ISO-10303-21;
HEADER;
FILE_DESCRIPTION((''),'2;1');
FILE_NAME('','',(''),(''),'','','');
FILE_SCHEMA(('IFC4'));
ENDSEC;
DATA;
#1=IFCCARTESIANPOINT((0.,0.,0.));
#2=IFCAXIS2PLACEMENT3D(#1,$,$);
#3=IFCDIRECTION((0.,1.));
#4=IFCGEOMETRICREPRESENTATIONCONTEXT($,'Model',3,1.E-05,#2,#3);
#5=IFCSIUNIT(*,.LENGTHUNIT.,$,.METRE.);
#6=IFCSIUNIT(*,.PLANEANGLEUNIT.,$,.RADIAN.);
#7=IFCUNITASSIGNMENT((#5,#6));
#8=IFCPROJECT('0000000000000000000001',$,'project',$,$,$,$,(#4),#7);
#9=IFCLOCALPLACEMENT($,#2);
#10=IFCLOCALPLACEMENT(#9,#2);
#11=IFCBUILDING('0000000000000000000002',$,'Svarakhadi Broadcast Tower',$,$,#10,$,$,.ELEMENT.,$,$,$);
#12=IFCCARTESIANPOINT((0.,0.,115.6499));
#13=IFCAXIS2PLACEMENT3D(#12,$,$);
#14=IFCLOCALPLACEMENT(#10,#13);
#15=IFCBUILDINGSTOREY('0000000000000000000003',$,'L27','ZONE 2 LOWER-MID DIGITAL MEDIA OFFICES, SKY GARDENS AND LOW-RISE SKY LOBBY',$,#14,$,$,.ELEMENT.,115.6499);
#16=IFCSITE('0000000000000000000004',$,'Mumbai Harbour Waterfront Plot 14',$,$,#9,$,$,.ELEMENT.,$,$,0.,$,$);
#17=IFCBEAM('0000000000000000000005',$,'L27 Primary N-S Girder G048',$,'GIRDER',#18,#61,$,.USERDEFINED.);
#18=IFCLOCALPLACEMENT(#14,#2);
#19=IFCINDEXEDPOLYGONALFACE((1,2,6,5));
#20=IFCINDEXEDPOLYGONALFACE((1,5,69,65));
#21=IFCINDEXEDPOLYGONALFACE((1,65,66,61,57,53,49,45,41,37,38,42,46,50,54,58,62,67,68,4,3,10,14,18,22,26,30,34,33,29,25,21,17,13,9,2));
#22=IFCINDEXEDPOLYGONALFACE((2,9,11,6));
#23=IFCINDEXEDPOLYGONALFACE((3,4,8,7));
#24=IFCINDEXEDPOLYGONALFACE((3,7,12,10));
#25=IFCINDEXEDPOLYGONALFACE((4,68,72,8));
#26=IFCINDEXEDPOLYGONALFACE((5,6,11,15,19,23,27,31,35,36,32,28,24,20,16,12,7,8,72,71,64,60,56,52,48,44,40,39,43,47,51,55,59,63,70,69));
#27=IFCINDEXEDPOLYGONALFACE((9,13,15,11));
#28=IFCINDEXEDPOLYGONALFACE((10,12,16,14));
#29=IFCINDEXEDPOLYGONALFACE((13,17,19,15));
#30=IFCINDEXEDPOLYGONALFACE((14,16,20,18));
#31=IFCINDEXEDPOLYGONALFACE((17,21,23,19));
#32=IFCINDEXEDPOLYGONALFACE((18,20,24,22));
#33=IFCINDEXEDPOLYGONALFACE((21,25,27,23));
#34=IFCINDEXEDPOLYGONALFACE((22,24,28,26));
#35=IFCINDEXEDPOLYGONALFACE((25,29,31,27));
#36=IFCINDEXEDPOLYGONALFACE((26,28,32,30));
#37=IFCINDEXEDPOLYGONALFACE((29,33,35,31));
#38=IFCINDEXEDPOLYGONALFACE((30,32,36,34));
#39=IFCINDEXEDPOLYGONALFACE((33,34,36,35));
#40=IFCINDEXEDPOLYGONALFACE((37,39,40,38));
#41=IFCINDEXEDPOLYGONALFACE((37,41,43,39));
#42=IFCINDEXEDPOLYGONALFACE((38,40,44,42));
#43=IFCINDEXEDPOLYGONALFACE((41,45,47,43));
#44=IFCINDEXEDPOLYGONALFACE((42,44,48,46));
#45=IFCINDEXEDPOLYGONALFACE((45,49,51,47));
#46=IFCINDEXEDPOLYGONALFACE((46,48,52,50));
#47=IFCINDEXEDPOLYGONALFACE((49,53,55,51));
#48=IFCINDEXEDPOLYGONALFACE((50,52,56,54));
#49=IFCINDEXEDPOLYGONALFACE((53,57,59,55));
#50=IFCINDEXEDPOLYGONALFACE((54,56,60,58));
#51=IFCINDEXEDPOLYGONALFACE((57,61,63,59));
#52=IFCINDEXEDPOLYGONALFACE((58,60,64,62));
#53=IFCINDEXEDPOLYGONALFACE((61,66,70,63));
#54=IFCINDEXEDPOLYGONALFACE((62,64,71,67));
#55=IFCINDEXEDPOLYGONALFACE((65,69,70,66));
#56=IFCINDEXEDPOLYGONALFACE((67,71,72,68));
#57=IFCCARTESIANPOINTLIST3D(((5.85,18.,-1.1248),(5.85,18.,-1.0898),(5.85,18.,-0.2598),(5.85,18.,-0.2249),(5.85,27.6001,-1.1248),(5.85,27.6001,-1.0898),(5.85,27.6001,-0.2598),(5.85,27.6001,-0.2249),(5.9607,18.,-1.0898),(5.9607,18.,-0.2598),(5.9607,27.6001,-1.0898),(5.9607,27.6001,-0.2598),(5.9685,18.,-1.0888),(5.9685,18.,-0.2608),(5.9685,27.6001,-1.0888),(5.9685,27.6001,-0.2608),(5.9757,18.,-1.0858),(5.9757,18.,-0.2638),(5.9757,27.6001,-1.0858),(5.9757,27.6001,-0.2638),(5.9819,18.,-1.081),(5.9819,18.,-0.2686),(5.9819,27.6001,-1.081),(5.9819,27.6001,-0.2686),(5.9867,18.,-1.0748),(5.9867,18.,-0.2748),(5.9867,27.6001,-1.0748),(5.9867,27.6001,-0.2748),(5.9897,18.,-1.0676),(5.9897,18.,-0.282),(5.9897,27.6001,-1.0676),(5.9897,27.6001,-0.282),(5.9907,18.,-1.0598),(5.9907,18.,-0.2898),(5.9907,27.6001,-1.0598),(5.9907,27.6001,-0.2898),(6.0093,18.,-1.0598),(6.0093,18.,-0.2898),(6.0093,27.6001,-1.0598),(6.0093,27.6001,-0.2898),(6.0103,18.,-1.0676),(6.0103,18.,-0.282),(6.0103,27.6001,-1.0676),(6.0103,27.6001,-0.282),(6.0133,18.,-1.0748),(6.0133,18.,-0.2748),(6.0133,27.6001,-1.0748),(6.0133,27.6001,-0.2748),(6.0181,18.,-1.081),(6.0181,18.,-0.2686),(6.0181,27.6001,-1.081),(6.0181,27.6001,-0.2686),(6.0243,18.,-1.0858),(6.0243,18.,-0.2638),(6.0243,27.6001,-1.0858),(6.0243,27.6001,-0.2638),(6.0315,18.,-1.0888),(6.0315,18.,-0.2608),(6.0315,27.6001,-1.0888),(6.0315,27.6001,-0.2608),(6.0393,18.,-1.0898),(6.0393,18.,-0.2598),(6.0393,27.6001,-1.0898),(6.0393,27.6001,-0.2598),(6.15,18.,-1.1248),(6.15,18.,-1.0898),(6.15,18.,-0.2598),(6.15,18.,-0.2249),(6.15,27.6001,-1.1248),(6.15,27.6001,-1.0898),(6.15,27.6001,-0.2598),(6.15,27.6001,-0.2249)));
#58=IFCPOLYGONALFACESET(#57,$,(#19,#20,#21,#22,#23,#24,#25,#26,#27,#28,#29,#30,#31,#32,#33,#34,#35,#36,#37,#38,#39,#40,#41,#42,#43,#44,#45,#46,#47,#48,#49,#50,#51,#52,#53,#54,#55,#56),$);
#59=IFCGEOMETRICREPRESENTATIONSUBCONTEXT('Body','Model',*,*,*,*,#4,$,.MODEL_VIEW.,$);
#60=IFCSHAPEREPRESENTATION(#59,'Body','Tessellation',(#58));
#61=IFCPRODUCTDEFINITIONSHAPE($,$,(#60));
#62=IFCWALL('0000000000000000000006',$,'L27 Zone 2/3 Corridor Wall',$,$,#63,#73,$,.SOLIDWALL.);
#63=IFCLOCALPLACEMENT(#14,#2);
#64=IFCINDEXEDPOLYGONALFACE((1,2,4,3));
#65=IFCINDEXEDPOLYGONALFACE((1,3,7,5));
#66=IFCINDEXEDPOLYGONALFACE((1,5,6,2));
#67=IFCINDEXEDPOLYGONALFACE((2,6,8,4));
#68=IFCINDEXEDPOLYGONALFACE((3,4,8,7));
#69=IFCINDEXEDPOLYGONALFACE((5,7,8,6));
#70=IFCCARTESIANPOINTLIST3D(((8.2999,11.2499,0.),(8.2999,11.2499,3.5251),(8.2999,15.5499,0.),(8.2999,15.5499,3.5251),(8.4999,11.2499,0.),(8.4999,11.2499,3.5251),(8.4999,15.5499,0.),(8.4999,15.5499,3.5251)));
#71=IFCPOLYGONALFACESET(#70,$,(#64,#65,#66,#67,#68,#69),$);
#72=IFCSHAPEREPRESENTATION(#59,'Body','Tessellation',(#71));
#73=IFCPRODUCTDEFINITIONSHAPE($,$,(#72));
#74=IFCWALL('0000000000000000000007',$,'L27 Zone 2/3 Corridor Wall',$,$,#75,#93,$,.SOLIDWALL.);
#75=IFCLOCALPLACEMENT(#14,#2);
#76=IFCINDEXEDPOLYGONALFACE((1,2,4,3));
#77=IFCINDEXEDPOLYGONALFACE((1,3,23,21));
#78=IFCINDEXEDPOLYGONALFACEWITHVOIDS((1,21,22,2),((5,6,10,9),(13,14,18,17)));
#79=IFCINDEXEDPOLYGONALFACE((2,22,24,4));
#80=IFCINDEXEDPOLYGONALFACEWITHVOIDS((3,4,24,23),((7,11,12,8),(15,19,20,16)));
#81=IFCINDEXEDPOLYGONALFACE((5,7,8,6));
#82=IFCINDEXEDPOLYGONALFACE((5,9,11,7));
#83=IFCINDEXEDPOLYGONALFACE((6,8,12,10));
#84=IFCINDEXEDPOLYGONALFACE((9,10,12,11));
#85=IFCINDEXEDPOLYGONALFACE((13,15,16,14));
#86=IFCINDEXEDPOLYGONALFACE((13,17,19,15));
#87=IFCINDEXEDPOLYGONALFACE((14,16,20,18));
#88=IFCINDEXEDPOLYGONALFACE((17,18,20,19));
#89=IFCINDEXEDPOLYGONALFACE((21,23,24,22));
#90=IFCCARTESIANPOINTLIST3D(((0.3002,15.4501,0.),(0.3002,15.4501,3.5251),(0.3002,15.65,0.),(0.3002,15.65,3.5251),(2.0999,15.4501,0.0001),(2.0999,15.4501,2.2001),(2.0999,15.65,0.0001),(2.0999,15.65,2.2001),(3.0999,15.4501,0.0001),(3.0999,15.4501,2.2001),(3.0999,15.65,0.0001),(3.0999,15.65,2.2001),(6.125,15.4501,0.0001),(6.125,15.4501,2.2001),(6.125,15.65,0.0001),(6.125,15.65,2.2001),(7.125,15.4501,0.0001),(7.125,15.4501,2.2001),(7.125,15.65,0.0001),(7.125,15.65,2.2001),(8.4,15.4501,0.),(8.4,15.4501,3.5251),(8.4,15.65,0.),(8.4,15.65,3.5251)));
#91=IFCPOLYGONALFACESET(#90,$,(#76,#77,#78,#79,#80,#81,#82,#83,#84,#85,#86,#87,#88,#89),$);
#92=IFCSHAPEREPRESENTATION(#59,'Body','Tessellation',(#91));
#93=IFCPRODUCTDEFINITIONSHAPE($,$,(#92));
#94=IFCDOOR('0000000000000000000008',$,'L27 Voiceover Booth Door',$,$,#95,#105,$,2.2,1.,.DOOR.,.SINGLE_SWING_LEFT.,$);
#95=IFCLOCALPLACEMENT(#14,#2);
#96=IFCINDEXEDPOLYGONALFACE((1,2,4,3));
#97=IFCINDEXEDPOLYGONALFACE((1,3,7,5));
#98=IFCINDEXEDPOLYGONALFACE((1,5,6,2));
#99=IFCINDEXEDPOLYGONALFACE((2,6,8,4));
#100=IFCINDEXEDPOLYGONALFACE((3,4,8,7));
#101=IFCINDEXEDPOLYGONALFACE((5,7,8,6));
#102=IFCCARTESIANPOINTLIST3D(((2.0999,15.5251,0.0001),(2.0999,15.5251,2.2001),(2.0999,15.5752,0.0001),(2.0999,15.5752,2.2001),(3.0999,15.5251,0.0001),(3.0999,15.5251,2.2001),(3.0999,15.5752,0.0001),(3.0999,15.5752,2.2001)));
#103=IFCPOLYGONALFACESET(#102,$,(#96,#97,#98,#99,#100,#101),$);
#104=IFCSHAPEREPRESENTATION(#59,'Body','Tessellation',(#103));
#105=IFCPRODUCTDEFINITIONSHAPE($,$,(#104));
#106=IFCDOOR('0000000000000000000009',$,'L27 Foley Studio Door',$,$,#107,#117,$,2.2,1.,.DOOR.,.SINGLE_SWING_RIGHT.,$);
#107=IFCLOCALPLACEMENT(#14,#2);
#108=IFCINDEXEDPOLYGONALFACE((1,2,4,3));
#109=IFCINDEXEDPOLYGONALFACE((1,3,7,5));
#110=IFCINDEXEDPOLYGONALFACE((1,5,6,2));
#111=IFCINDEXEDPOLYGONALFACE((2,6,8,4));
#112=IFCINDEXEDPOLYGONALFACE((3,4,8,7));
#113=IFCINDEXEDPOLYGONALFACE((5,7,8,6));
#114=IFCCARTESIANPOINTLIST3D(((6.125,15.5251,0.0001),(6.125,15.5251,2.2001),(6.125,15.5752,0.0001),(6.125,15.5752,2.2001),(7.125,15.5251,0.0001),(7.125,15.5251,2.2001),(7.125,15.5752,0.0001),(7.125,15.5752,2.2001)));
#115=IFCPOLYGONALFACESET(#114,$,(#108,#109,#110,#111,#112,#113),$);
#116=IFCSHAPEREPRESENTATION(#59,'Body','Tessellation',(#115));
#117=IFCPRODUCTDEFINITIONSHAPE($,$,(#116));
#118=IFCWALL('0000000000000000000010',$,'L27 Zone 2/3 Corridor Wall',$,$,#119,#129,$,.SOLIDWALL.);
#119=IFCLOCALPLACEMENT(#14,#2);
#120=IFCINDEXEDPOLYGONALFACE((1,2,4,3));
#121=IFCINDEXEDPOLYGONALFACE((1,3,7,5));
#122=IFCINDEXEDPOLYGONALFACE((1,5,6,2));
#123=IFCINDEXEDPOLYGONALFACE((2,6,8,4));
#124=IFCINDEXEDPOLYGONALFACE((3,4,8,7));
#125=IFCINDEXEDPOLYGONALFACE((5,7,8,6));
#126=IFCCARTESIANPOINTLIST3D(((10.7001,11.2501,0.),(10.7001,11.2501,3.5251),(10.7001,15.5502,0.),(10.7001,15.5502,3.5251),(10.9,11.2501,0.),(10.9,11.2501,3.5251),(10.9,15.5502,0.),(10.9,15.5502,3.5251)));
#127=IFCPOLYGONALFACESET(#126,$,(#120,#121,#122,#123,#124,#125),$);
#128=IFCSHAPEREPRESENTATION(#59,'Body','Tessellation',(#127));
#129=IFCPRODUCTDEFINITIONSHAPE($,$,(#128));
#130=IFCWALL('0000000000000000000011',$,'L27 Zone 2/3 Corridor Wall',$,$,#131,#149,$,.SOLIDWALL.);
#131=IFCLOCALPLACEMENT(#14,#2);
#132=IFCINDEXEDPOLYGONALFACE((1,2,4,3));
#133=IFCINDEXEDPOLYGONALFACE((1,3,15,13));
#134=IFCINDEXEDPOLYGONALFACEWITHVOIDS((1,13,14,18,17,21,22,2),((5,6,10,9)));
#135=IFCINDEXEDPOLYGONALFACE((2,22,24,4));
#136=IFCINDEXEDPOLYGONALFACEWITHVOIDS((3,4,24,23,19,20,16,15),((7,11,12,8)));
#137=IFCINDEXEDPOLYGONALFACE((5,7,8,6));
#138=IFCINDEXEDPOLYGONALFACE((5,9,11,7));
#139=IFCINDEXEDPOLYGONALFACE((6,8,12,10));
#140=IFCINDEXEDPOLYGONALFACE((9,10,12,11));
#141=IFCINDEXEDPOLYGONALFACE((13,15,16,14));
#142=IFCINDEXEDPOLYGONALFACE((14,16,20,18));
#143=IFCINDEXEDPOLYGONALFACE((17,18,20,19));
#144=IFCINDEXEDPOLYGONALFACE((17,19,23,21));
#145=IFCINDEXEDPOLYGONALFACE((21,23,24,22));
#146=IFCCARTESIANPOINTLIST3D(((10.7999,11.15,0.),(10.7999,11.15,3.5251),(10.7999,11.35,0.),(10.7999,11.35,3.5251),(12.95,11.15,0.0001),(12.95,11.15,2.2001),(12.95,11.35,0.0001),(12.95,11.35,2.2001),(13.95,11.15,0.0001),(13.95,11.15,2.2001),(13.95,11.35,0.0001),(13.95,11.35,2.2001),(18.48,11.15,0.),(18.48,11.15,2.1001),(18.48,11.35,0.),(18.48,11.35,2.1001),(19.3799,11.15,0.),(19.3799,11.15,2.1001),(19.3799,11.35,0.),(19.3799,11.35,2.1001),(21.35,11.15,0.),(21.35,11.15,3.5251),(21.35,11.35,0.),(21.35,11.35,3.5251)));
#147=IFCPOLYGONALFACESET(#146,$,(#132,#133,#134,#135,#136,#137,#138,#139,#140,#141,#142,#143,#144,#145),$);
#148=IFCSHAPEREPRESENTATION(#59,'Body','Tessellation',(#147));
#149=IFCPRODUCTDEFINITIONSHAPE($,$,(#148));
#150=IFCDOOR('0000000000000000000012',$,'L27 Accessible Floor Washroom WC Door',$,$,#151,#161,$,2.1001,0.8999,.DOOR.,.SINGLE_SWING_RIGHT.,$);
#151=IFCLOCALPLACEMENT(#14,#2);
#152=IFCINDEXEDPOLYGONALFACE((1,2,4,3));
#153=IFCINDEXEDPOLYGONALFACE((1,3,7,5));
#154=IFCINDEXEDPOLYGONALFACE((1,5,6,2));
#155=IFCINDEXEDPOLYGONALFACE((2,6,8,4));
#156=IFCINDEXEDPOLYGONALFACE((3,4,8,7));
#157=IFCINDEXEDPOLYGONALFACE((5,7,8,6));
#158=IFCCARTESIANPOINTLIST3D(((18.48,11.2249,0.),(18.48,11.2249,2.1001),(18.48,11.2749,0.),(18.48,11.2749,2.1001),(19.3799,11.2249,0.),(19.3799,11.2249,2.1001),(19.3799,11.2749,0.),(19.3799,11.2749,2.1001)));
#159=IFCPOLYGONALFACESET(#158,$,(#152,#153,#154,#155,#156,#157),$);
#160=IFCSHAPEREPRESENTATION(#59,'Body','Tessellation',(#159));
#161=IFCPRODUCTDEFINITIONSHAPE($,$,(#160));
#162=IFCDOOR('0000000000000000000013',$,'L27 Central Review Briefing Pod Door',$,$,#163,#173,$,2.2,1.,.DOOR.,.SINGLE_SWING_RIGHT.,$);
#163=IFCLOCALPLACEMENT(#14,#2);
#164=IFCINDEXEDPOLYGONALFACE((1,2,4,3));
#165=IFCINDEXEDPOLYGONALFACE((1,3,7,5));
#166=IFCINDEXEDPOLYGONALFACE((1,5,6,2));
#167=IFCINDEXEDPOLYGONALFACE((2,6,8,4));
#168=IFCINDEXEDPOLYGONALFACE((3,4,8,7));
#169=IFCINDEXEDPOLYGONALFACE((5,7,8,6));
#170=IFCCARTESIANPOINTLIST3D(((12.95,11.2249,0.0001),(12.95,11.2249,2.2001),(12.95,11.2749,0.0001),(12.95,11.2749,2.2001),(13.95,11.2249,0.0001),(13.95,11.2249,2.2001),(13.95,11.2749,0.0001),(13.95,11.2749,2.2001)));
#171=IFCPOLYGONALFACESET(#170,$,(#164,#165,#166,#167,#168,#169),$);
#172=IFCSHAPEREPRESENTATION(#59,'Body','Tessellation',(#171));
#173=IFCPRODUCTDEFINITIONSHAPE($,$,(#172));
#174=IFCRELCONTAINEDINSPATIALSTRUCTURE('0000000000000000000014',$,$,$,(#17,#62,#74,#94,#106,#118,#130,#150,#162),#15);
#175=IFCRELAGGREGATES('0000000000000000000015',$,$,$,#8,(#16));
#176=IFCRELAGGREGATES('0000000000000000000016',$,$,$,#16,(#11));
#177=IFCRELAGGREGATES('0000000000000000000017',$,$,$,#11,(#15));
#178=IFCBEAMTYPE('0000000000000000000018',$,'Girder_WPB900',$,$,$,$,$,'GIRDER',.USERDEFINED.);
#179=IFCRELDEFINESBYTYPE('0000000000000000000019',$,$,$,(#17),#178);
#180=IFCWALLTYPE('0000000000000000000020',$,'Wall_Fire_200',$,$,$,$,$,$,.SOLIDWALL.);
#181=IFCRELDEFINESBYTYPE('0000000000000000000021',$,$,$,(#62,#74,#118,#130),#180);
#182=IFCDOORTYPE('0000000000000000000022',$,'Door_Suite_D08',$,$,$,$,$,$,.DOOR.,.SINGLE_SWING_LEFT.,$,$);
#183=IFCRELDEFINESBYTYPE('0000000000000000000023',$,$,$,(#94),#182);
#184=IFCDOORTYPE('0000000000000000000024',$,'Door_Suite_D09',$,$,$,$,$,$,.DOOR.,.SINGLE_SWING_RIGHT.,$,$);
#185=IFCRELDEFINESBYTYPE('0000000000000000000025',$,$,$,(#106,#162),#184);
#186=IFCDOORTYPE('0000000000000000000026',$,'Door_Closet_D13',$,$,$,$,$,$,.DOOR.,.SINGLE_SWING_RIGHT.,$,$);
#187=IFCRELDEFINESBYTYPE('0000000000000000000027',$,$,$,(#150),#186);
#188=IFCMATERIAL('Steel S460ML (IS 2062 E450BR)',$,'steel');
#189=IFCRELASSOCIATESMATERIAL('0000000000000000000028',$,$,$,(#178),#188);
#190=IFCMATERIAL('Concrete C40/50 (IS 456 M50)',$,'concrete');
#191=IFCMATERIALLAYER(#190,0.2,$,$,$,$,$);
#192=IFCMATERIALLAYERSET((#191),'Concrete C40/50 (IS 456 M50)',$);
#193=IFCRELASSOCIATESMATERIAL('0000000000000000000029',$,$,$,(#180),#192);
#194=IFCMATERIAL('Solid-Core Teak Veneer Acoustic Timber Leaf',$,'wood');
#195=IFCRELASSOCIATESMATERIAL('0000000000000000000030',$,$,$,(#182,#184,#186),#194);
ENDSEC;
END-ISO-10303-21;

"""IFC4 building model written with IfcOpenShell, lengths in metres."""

from ifc_helpers import new_model, si_unit, direction, frame, frame_2d, origin, origin_2d, place, context, subcontext, project, spatial, rectangle, i_section, extrude, material, layer, layer_set, material_profile, profile_set, type_object, element, fill, save


model = new_model("IFC4")

# Units and contexts
model_context = context("Model", 3, precision=1e-05, world=origin(), true_north=direction((0.0, 1.0)))
body_context = subcontext(model_context, "Body", "Model", "MODEL_VIEW")
ifc_project = project(units=[si_unit("LENGTHUNIT", "METRE"), si_unit("PLANEANGLEUNIT", "RADIAN")], contexts=[model_context])

# Site, building, storey
site_placement = place(None, origin())
site = spatial("IfcSite", under=ifc_project, at=site_placement, Name="Mumbai Harbour Waterfront Plot 14", CompositionType="ELEMENT", RefElevation=0.0)
building_placement = place(site_placement, origin())
building = spatial("IfcBuilding", under=site, at=building_placement, Name="Svarakhadi Broadcast Tower", CompositionType="ELEMENT")
storey_placement = place(building_placement, frame((0.0, 0.0, 115.6499)))
storey = spatial("IfcBuildingStorey", under=building, at=storey_placement, Name="L27", Description="ZONE 2 LOWER-MID DIGITAL MEDIA OFFICES, SKY GARDENS AND LOW-RISE SKY LOBBY", CompositionType="ELEMENT", Elevation=115.6499)

# Beam
ifc_material_1 = material(Name="Steel S460ML (IS 2062 E450BR)", Category="steel")
ifc_material_profile_1 = material_profile(ifc_material_1, i_section(OverallWidth=0.3, OverallDepth=0.8999, WebThickness=0.0186, FlangeThickness=0.0349, FilletRadius=0.03, at=origin_2d()), Name="WPB 900x300x291")
ifc_profile_set_1 = profile_set([ifc_material_profile_1], Name="Steel S460ML (IS 2062 E450BR)")
beam_type_1 = type_object("IfcBeamType", Name="Girder_WPB900", ElementType="GIRDER", PredefinedType="USERDEFINED", material=ifc_profile_set_1)
beam_1_placement = place(storey_placement, frame((6.0, 18.0, -0.6748), z_axis=(0.0, 1.0, 0.0), x_axis=(-1.0, 0.0, 0.0)))
element("IfcBeam", 1, at=beam_1_placement, inside=storey, type_object=beam_type_1, Name="L27 Primary N-S Girder G048", ObjectType="GIRDER", PredefinedType="USERDEFINED", context=body_context, shape_type="SweptSolid", body=[
    extrude(i_section(OverallWidth=0.3, OverallDepth=0.8999, WebThickness=0.0186, FlangeThickness=0.0349, FilletRadius=0.03, at=origin_2d()), origin(), (0.0, 0.0, 1.0), 9.6001),
])

# Wall
ifc_material_2 = material(Name="Concrete C40/50 (IS 456 M50)", Category="concrete")
ifc_layer_1 = layer(ifc_material_2, 0.2)
ifc_layer_set_1 = layer_set([ifc_layer_1], Name="Concrete C40/50 (IS 456 M50)")
wall_type_1 = type_object("IfcWallType", Name="Wall_Fire_200", PredefinedType="SOLIDWALL", material=ifc_layer_set_1)
wall_1_placement = place(storey_placement, frame((8.3999, 11.25, 0.0), z_axis=(0.0, 0.0, 1.0), x_axis=(0.0, 1.0, 0.0)))
element("IfcWall", 2, at=wall_1_placement, inside=storey, type_object=wall_type_1, Name="L27 Zone 2/3 Corridor Wall", PredefinedType="SOLIDWALL", context=body_context, shape_type="SweptSolid", body=[
    extrude(rectangle(XDim=4.3, YDim=0.2, at=frame_2d((2.1499, 0.0))), origin(), (0.0, 0.0, 1.0), 3.5251),
])

# Wall, openings, doors
wall_2_placement = place(storey_placement, frame((8.3999, 15.55, 0.0), z_axis=(0.0, 0.0, 1.0), x_axis=(-1.0, 0.0, 0.0)))
wall_2 = element("IfcWall", 3, at=wall_2_placement, inside=storey, type_object=wall_type_1, Name="L27 Zone 2/3 Corridor Wall", PredefinedType="SOLIDWALL", context=body_context, shape_type="SweptSolid", body=[
    extrude(rectangle(XDim=8.0999, YDim=0.2, at=frame_2d((4.0498, 0.0))), origin(), (0.0, 0.0, 1.0), 3.5251),
])
opening_1_placement = place(wall_2_placement, frame((5.3, 0.0, 0.0)))
opening_1 = element("IfcOpeningElement", 4, at=opening_1_placement, cuts=wall_2, PredefinedType="OPENING", context=body_context, shape_type="SweptSolid", body=[
    extrude(rectangle(XDim=1.0, YDim=2.2, at=frame_2d((0.5, 1.1001))), frame((0.0, 0.1099, 0.0), z_axis=(0.0, -1.0, 0.0), x_axis=(1.0, 0.0, 0.0)), (0.0, 0.0, 1.0), 0.22),
])
opening_2_placement = place(wall_2_placement, frame((1.2749, 0.0, 0.0)))
opening_2 = element("IfcOpeningElement", 5, at=opening_2_placement, cuts=wall_2, PredefinedType="OPENING", context=body_context, shape_type="SweptSolid", body=[
    extrude(rectangle(XDim=1.0, YDim=2.2, at=frame_2d((0.5, 1.1001))), frame((0.0, 0.1099, 0.0), z_axis=(0.0, -1.0, 0.0), x_axis=(1.0, 0.0, 0.0)), (0.0, 0.0, 1.0), 0.22),
])
ifc_material_3 = material(Name="Solid-Core Teak Veneer Acoustic Timber Leaf", Category="wood")
door_type_1 = type_object("IfcDoorType", Name="Door_Suite_D08", OperationType="SINGLE_SWING_LEFT", PredefinedType="DOOR", material=ifc_material_3)
door_1_placement = place(opening_1_placement, origin())
door_1 = element("IfcDoor", 6, at=door_1_placement, inside=storey, type_object=door_type_1, Name="L27 Voiceover Booth Door", OperationType="SINGLE_SWING_LEFT", OverallHeight=2.2, OverallWidth=1.0, PredefinedType="DOOR", context=body_context, shape_type="SweptSolid", body=[
    extrude(rectangle(XDim=1.0, YDim=2.2, at=frame_2d((0.5, 1.1001))), frame((0.0, 0.0249, 0.0), z_axis=(0.0, -1.0, 0.0), x_axis=(1.0, 0.0, 0.0)), (0.0, 0.0, 1.0), 0.05),
])
fill(opening_1, door_1)
door_type_2 = type_object("IfcDoorType", Name="Door_Suite_D09", OperationType="SINGLE_SWING_RIGHT", PredefinedType="DOOR", material=ifc_material_3)
door_2_placement = place(opening_2_placement, origin())
door_2 = element("IfcDoor", 7, at=door_2_placement, inside=storey, type_object=door_type_2, Name="L27 Foley Studio Door", OperationType="SINGLE_SWING_RIGHT", OverallHeight=2.2, OverallWidth=1.0, PredefinedType="DOOR", context=body_context, shape_type="SweptSolid", body=[
    extrude(rectangle(XDim=1.0, YDim=2.2, at=frame_2d((0.5, 1.1001))), frame((0.0, 0.0249, 0.0), z_axis=(0.0, -1.0, 0.0), x_axis=(1.0, 0.0, 0.0)), (0.0, 0.0, 1.0), 0.05),
])
fill(opening_2, door_2)

# Wall
wall_3_placement = place(storey_placement, frame((10.8, 15.55, 0.0), z_axis=(0.0, 0.0, 1.0), x_axis=(0.0, -1.0, 0.0)))
element("IfcWall", 8, at=wall_3_placement, inside=storey, type_object=wall_type_1, Name="L27 Zone 2/3 Corridor Wall", PredefinedType="SOLIDWALL", context=body_context, shape_type="SweptSolid", body=[
    extrude(rectangle(XDim=4.3, YDim=0.2, at=frame_2d((2.1499, 0.0))), origin(), (0.0, 0.0, 1.0), 3.5251),
])

# Wall, openings, doors
wall_4_placement = place(storey_placement, frame((10.8, 11.25, 0.0), z_axis=(0.0, 0.0, 1.0), x_axis=(1.0, 0.0, 0.0)))
wall_4 = element("IfcWall", 9, at=wall_4_placement, inside=storey, type_object=wall_type_1, Name="L27 Zone 2/3 Corridor Wall", PredefinedType="SOLIDWALL", context=body_context, shape_type="SweptSolid", body=[
    extrude(rectangle(XDim=10.55, YDim=0.2, at=frame_2d((5.2749, 0.0))), origin(), (0.0, 0.0, 1.0), 3.5251),
])
opening_3_placement = place(wall_4_placement, frame((2.1499, 0.0, 0.0)))
opening_3 = element("IfcOpeningElement", 10, at=opening_3_placement, cuts=wall_4, PredefinedType="OPENING", context=body_context, shape_type="SweptSolid", body=[
    extrude(rectangle(XDim=1.0, YDim=2.2, at=frame_2d((0.5, 1.1001))), frame((0.0, 0.1099, 0.0), z_axis=(0.0, -1.0, 0.0), x_axis=(1.0, 0.0, 0.0)), (0.0, 0.0, 1.0), 0.22),
])
opening_4_placement = place(wall_4_placement, frame((7.6799, 0.0, 0.0)))
opening_4 = element("IfcOpeningElement", 11, at=opening_4_placement, cuts=wall_4, PredefinedType="OPENING", context=body_context, shape_type="SweptSolid", body=[
    extrude(rectangle(XDim=0.8999, YDim=2.1001, at=frame_2d((0.45, 1.05))), frame((0.0, 0.1099, 0.0), z_axis=(0.0, -1.0, 0.0), x_axis=(1.0, 0.0, 0.0)), (0.0, 0.0, 1.0), 0.22),
])
door_type_3 = type_object("IfcDoorType", Name="Door_Closet_D13", OperationType="SINGLE_SWING_RIGHT", PredefinedType="DOOR", material=ifc_material_3)
door_3_placement = place(opening_4_placement, origin())
door_3 = element("IfcDoor", 12, at=door_3_placement, inside=storey, type_object=door_type_3, Name="L27 Accessible Floor Washroom WC Door", OperationType="SINGLE_SWING_RIGHT", OverallHeight=2.1001, OverallWidth=0.8999, PredefinedType="DOOR", context=body_context, shape_type="SweptSolid", body=[
    extrude(rectangle(XDim=0.8999, YDim=2.1001, at=frame_2d((0.45, 1.05))), frame((0.0, 0.0249, 0.0), z_axis=(0.0, -1.0, 0.0), x_axis=(1.0, 0.0, 0.0)), (0.0, 0.0, 1.0), 0.05),
])
fill(opening_4, door_3)
door_4_placement = place(opening_3_placement, origin())
door_4 = element("IfcDoor", 13, at=door_4_placement, inside=storey, type_object=door_type_2, Name="L27 Central Review Briefing Pod Door", OperationType="SINGLE_SWING_RIGHT", OverallHeight=2.2, OverallWidth=1.0, PredefinedType="DOOR", context=body_context, shape_type="SweptSolid", body=[
    extrude(rectangle(XDim=1.0, YDim=2.2, at=frame_2d((0.5, 1.1001))), frame((0.0, 0.0249, 0.0), z_axis=(0.0, -1.0, 0.0), x_axis=(1.0, 0.0, 0.0)), (0.0, 0.0, 1.0), 0.05),
])
fill(opening_3, door_4)

save(model, "model.ifc")
